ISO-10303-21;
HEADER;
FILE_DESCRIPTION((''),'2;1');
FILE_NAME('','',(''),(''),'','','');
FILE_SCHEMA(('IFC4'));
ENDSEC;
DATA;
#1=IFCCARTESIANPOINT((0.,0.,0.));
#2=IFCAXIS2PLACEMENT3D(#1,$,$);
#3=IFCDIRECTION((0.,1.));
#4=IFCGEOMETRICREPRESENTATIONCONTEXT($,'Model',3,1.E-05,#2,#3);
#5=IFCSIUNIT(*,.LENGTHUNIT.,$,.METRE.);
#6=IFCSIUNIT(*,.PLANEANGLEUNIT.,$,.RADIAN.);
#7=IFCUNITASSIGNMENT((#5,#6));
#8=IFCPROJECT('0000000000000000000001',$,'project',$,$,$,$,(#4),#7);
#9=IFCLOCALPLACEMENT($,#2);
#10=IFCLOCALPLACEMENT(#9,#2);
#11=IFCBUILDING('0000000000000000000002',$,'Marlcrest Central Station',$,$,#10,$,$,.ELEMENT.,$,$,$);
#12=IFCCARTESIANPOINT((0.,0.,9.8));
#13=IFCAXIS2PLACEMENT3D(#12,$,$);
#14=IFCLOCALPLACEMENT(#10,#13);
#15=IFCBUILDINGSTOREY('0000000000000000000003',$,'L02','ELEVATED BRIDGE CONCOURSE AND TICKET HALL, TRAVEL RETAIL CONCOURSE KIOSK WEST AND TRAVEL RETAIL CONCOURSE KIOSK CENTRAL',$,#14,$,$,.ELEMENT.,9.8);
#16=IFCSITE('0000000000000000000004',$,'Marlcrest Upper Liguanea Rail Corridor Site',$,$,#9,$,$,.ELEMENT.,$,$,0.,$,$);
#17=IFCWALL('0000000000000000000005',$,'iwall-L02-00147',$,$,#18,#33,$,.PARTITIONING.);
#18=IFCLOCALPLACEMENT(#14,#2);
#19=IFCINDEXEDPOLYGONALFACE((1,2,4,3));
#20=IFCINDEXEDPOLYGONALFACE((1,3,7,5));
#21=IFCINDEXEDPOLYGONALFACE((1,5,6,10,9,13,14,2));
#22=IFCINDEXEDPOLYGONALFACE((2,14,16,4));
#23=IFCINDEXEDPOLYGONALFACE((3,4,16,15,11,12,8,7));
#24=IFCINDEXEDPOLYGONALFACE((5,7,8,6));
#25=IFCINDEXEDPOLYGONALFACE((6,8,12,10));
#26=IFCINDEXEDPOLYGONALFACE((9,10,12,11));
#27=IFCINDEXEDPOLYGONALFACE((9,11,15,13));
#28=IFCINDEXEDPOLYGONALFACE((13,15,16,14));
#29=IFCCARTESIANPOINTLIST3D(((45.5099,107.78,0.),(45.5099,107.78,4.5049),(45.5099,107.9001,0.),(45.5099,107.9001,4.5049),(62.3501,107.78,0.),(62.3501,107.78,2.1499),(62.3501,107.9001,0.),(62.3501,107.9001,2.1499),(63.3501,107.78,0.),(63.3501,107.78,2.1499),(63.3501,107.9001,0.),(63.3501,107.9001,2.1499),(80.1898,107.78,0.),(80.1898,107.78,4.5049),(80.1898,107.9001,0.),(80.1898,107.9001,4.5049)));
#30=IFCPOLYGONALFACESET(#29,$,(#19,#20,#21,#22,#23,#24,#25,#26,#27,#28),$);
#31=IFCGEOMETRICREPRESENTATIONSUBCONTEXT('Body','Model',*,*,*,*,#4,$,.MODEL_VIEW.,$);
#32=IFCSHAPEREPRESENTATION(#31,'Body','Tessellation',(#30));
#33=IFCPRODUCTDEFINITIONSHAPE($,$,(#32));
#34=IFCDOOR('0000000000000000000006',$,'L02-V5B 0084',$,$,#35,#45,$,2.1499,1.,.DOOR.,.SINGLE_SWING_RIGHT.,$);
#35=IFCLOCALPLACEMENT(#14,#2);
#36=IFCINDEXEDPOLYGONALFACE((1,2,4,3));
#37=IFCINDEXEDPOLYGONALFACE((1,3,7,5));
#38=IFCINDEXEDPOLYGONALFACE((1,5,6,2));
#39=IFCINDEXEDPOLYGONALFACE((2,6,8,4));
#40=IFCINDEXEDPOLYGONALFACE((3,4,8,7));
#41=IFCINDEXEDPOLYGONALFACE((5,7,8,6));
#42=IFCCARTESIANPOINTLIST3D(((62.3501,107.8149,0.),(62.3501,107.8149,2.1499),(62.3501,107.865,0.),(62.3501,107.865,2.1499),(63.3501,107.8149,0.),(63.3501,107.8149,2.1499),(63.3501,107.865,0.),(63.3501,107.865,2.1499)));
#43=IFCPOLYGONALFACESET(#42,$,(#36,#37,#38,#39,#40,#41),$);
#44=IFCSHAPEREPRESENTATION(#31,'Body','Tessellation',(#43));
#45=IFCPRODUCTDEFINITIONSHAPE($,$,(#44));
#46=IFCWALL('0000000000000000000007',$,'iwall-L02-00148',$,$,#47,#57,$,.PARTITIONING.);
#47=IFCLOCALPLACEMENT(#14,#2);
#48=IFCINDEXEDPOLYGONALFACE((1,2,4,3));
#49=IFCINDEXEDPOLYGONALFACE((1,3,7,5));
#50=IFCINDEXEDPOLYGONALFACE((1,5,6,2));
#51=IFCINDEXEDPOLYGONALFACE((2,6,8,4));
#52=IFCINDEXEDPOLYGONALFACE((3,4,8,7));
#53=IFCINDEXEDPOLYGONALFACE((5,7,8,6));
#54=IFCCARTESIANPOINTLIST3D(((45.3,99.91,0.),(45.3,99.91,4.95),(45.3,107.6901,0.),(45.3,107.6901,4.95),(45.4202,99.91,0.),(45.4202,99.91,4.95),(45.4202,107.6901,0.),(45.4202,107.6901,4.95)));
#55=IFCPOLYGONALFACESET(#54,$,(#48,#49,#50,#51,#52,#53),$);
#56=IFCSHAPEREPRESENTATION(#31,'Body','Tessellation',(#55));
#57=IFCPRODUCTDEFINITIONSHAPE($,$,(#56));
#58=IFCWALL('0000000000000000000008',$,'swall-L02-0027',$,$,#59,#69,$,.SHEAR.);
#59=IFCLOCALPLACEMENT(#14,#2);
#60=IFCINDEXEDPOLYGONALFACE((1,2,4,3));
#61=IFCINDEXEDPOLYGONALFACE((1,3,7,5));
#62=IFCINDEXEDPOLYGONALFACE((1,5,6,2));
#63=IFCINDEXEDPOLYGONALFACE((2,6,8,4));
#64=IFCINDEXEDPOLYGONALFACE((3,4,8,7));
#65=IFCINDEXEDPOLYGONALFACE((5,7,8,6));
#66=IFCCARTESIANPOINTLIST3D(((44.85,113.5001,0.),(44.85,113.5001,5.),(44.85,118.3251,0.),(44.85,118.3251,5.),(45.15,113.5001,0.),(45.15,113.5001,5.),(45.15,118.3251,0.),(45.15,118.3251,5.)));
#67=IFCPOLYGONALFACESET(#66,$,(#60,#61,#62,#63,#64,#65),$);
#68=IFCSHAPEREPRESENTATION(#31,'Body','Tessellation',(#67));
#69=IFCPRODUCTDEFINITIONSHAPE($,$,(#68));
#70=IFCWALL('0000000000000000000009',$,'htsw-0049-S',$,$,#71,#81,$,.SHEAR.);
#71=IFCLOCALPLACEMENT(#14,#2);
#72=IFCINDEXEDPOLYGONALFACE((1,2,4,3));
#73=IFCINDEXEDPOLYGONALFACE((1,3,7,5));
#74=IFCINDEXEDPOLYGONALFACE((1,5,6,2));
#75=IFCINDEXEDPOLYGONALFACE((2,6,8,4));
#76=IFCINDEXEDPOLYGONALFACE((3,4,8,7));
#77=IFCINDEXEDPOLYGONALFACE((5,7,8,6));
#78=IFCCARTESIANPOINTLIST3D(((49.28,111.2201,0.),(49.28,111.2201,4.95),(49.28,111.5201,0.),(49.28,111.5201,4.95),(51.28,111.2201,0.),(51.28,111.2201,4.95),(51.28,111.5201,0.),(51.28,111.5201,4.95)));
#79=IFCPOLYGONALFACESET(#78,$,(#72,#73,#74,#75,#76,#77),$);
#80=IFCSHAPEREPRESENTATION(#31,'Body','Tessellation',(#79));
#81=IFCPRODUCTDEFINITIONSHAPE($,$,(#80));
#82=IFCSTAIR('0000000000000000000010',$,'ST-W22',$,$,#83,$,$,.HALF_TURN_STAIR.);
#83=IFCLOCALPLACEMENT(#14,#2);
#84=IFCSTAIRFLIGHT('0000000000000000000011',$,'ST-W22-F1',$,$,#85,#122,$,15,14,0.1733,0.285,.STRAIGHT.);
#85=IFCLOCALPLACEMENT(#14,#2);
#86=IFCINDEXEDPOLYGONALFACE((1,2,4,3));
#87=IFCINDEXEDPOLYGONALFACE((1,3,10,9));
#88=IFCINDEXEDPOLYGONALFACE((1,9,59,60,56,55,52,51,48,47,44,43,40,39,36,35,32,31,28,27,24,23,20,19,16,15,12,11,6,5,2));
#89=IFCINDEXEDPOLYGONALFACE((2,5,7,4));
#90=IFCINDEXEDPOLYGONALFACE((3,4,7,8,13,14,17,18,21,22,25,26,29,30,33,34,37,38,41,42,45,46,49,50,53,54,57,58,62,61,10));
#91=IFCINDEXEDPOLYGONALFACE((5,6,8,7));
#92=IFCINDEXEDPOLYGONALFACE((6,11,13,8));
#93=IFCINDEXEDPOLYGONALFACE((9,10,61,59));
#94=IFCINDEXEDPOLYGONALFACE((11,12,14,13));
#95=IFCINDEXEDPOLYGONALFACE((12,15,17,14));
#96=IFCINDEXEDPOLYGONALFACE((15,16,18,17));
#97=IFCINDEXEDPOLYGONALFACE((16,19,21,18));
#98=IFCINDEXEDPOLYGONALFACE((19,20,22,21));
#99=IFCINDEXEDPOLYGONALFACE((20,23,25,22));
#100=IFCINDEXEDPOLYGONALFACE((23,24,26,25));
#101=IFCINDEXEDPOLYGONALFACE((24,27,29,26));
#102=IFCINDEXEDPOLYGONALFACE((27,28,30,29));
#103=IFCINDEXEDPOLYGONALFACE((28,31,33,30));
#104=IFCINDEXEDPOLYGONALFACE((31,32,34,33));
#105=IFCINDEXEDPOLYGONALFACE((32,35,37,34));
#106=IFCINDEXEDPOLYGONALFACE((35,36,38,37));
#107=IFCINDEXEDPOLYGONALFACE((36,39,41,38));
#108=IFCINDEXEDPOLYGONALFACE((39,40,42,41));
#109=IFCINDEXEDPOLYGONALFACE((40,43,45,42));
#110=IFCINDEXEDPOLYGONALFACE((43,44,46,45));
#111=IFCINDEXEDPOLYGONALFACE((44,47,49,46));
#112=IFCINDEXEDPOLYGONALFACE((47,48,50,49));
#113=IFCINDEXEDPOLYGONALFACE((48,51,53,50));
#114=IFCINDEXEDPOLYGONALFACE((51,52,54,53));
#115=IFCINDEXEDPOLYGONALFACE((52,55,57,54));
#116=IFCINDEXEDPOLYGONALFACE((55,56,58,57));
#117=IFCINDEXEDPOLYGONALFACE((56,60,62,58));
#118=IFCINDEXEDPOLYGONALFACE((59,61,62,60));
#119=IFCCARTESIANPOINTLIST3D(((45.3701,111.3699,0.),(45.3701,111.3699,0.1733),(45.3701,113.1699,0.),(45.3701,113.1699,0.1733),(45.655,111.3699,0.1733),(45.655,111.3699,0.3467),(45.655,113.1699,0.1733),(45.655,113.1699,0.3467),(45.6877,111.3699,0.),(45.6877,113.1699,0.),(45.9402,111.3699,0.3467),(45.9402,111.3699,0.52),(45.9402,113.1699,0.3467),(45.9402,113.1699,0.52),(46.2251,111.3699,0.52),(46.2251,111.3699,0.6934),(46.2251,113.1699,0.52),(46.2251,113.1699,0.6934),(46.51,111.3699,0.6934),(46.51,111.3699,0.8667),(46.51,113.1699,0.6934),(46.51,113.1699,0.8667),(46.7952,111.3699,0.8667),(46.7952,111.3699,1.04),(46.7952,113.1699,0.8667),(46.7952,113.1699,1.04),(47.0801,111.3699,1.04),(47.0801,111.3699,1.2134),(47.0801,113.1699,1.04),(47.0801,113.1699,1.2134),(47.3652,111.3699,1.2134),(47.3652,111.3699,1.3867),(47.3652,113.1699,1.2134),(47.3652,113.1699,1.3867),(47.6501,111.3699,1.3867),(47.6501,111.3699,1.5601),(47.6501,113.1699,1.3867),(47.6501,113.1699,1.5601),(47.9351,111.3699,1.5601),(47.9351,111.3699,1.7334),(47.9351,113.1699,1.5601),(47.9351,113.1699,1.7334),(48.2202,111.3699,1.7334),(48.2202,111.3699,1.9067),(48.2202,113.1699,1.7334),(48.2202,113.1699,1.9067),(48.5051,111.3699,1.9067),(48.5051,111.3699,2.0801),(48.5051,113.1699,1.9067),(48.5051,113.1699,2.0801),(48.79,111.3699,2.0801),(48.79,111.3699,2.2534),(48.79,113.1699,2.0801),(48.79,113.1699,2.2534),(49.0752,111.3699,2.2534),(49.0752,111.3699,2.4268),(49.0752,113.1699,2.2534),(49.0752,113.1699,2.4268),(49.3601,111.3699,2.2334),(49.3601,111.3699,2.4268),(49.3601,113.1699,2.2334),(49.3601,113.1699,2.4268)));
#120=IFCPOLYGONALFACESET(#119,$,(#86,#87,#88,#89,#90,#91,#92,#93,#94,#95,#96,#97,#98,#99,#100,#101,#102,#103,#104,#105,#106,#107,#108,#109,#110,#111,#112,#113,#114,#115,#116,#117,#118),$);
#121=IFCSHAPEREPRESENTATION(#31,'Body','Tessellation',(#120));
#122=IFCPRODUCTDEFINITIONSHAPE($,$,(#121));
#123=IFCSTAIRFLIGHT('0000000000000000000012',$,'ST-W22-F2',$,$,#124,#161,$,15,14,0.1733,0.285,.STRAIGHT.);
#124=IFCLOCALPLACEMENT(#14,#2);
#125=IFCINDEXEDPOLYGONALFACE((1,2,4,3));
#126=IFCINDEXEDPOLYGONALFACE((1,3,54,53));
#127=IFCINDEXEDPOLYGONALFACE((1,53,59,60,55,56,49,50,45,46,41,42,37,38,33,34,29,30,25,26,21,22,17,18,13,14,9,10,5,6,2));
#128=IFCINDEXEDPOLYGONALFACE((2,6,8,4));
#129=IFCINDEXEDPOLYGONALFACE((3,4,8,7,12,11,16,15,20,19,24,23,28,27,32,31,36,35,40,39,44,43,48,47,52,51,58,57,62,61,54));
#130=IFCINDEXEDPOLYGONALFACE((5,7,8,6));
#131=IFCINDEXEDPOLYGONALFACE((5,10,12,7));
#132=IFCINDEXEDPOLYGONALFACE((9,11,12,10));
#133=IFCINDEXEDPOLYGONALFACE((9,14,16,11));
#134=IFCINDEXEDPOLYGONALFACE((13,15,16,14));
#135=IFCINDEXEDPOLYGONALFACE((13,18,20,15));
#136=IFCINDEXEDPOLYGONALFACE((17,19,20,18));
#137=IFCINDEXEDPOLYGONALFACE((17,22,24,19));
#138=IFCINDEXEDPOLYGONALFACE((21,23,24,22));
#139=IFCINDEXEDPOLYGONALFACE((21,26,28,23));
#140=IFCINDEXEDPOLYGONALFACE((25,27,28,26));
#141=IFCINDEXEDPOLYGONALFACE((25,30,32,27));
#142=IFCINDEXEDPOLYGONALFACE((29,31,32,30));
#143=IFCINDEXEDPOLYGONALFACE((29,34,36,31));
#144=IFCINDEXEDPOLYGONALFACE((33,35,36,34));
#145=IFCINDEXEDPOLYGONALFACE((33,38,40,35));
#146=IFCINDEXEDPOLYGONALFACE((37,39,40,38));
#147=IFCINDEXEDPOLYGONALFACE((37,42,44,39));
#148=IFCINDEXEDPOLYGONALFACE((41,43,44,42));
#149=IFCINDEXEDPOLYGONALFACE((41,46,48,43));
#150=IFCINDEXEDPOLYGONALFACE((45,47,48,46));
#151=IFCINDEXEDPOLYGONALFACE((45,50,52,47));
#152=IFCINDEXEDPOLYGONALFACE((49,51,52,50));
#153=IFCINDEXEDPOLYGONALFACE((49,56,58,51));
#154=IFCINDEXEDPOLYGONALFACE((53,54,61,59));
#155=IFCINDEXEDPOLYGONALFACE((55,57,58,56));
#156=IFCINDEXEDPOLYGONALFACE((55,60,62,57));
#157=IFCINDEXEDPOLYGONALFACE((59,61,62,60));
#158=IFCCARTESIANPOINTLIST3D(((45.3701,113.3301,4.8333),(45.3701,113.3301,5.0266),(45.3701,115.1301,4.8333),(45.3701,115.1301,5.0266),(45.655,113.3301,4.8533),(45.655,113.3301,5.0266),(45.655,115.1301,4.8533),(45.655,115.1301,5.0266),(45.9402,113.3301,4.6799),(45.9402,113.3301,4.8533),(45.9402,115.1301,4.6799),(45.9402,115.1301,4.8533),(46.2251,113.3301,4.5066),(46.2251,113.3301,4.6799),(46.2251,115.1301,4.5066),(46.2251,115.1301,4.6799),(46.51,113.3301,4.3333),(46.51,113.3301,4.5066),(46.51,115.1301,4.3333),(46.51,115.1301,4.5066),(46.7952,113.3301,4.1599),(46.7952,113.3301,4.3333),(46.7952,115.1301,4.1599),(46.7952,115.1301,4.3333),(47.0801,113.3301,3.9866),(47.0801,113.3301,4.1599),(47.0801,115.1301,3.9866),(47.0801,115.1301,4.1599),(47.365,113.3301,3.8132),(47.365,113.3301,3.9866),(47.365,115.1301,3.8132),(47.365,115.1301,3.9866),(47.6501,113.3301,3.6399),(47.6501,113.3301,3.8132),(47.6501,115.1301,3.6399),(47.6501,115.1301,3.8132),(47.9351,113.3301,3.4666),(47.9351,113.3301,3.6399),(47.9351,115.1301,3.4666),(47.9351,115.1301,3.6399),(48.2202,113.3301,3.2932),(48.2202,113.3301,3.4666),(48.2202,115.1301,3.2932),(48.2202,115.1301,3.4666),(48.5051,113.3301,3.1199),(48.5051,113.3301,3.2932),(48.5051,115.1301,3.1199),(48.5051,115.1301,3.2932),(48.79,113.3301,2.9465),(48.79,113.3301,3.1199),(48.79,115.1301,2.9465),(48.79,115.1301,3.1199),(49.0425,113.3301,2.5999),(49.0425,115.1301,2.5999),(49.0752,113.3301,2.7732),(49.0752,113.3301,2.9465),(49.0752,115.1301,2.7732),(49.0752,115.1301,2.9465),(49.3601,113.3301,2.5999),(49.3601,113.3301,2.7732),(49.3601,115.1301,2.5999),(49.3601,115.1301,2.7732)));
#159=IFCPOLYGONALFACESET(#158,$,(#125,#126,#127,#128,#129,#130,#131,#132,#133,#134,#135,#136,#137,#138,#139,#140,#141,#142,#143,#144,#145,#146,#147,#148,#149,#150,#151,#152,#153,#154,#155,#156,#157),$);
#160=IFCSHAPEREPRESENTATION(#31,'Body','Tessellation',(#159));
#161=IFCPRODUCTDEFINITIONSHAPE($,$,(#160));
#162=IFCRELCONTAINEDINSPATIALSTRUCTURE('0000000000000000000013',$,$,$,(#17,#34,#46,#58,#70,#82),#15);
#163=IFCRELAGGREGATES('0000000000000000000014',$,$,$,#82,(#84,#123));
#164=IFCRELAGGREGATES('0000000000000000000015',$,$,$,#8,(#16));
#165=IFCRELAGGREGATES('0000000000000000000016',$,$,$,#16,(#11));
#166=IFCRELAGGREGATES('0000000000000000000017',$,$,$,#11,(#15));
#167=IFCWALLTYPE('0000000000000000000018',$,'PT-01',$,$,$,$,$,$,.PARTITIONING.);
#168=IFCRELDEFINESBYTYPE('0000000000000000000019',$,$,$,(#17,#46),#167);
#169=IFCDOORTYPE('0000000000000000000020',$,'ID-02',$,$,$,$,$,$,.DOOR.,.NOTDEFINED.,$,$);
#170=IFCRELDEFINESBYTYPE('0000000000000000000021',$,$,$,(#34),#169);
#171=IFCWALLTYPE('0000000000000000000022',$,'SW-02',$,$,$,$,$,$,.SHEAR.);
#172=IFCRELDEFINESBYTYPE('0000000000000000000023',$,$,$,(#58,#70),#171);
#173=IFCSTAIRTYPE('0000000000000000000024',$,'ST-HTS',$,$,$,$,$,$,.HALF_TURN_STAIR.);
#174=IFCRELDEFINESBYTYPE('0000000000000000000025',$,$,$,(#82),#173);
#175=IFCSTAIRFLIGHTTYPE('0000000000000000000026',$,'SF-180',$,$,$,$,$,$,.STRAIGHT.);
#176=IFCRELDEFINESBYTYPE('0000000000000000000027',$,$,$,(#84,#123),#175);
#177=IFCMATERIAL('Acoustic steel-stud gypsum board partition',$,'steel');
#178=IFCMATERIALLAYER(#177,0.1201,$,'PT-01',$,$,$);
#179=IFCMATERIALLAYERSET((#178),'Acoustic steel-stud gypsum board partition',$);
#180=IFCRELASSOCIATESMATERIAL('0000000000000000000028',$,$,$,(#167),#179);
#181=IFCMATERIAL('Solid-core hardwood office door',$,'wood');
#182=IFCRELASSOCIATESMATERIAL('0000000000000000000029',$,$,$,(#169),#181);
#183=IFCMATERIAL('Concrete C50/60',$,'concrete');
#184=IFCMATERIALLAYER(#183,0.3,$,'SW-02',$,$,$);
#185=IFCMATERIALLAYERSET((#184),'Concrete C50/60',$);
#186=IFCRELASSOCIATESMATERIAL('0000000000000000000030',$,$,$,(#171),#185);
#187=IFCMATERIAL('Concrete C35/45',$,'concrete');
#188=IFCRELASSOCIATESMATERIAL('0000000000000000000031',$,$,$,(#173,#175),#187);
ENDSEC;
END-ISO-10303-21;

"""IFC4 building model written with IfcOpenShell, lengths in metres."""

from ifc_helpers import new_model, si_unit, direction, frame, frame_2d, origin, place, context, subcontext, project, spatial, polyline, rectangle, outline, extrude, material, layer, layer_set, type_object, element, fill, aggregate, save


model = new_model("IFC4")

# Units and contexts
model_context = context("Model", 3, precision=1e-05, world=origin(), true_north=direction((0.0, 1.0)))
body_context = subcontext(model_context, "Body", "Model", "MODEL_VIEW")
ifc_project = project(units=[si_unit("LENGTHUNIT", "METRE"), si_unit("PLANEANGLEUNIT", "RADIAN")], contexts=[model_context])

# Site, building, storey
site_placement = place(None, origin())
site = spatial("IfcSite", under=ifc_project, at=site_placement, Name="Marlcrest Upper Liguanea Rail Corridor Site", CompositionType="ELEMENT", RefElevation=0.0)
building_placement = place(site_placement, origin())
building = spatial("IfcBuilding", under=site, at=building_placement, Name="Marlcrest Central Station", CompositionType="ELEMENT")
storey_placement = place(building_placement, frame((0.0, 0.0, 9.8)))
storey = spatial("IfcBuildingStorey", under=building, at=storey_placement, Name="L02", Description="ELEVATED BRIDGE CONCOURSE AND TICKET HALL, TRAVEL RETAIL CONCOURSE KIOSK WEST AND TRAVEL RETAIL CONCOURSE KIOSK CENTRAL", CompositionType="ELEMENT", Elevation=9.8)

# Wall, opening, door
ifc_material_1 = material(Name="Acoustic steel-stud gypsum board partition", Category="steel")
ifc_layer_1 = layer(ifc_material_1, 0.1201, Name="PT-01")
ifc_layer_set_1 = layer_set([ifc_layer_1], Name="Acoustic steel-stud gypsum board partition")
wall_type_1 = type_object("IfcWallType", Name="PT-01", PredefinedType="PARTITIONING", material=ifc_layer_set_1)
wall_1_placement = place(storey_placement, frame((45.51, 107.8401, 0.0), z_axis=(0.0, 0.0, 1.0), x_axis=(1.0, 0.0, 0.0)))
wall_1 = element("IfcWall", 1, at=wall_1_placement, inside=storey, type_object=wall_type_1, Name="iwall-L02-00147", PredefinedType="PARTITIONING", context=body_context, shape_type="SweptSolid", body=[
    extrude(rectangle(XDim=34.6799, YDim=0.1201, at=frame_2d((17.3398, 0.0))), origin(), (0.0, 0.0, 1.0), 4.5049),
])
opening_placement = place(wall_1_placement, frame((16.8401, 0.0, 0.0)))
opening = element("IfcOpeningElement", 2, at=opening_placement, cuts=wall_1, PredefinedType="OPENING", context=body_context, shape_type="SweptSolid", body=[
    extrude(rectangle(XDim=1.0, YDim=2.1499, at=frame_2d((0.5, 1.075))), frame((0.0, 0.0701, 0.0), z_axis=(0.0, -1.0, 0.0), x_axis=(1.0, 0.0, 0.0)), (0.0, 0.0, 1.0), 0.1401),
])
ifc_material_2 = material(Name="Solid-core hardwood office door", Category="wood")
door_type = type_object("IfcDoorType", Name="ID-02", OperationType="NOTDEFINED", PredefinedType="DOOR", material=ifc_material_2)
door_placement = place(opening_placement, origin())
door = element("IfcDoor", 3, at=door_placement, inside=storey, type_object=door_type, Name="L02-V5B 0084", OperationType="SINGLE_SWING_RIGHT", OverallHeight=2.1499, OverallWidth=1.0, PredefinedType="DOOR", context=body_context, shape_type="SweptSolid", body=[
    extrude(rectangle(XDim=1.0, YDim=2.1499, at=frame_2d((0.5, 1.075))), frame((0.0, 0.0249, 0.0), z_axis=(0.0, -1.0, 0.0), x_axis=(1.0, 0.0, 0.0)), (0.0, 0.0, 1.0), 0.05),
])
fill(opening, door)

# Walls
wall_2_placement = place(storey_placement, frame((45.3601, 99.9099, 0.0), z_axis=(0.0, 0.0, 1.0), x_axis=(0.0, 1.0, 0.0)))
element("IfcWall", 4, at=wall_2_placement, inside=storey, type_object=wall_type_1, Name="iwall-L02-00148", PredefinedType="PARTITIONING", context=body_context, shape_type="SweptSolid", body=[
    extrude(rectangle(XDim=7.78, YDim=0.1201, at=frame_2d((3.8901, 0.0))), origin(), (0.0, 0.0, 1.0), 4.95),
])
ifc_material_3 = material(Name="Concrete C50/60", Category="concrete")
ifc_layer_2 = layer(ifc_material_3, 0.3, Name="SW-02")
ifc_layer_set_2 = layer_set([ifc_layer_2], Name="Concrete C50/60")
wall_type_2 = type_object("IfcWallType", Name="SW-02", PredefinedType="SHEAR", material=ifc_layer_set_2)
wall_3_placement = place(storey_placement, frame((45.0, 113.5, 0.0), z_axis=(0.0, 0.0, 1.0), x_axis=(0.0, 1.0, 0.0)))
element("IfcWall", 5, at=wall_3_placement, inside=storey, type_object=wall_type_2, Name="swall-L02-0027", PredefinedType="SHEAR", context=body_context, shape_type="SweptSolid", body=[
    extrude(rectangle(XDim=4.825, YDim=0.3, at=frame_2d((2.4126, 0.0))), origin(), (0.0, 0.0, 1.0), 5.0),
])
wall_4_placement = place(storey_placement, frame((49.28, 111.3701, 0.0), z_axis=(0.0, 0.0, 1.0), x_axis=(1.0, 0.0, 0.0)))
element("IfcWall", 6, at=wall_4_placement, inside=storey, type_object=wall_type_2, Name="htsw-0049-S", PredefinedType="SHEAR", context=body_context, shape_type="SweptSolid", body=[
    extrude(rectangle(XDim=2.0, YDim=0.3, at=frame_2d((1.0, 0.0))), origin(), (0.0, 0.0, 1.0), 4.95),
])

# Stair, stair flights
ifc_material_4 = material(Name="Concrete C35/45", Category="concrete")
stair_type = type_object("IfcStairType", Name="ST-HTS", PredefinedType="HALF_TURN_STAIR", material=ifc_material_4)
stair_placement = place(storey_placement, origin())
stair = element("IfcStair", 7, at=stair_placement, inside=storey, type_object=stair_type, Name="ST-W22", PredefinedType="HALF_TURN_STAIR")
stair_flight_type = type_object("IfcStairFlightType", Name="SF-180", PredefinedType="STRAIGHT", material=ifc_material_4)
stair_flight_1_placement = place(storey_placement, frame((45.3701, 112.27, 0.0), z_axis=(0.0, 0.0, 1.0), x_axis=(1.0, 0.0, 0.0)))
stair_flight_1 = element("IfcStairFlight", 8, at=stair_flight_1_placement, type_object=stair_flight_type, Name="ST-W22-F1", NumberOfRisers=15, NumberOfTreads=14, PredefinedType="STRAIGHT", RiserHeight=0.1733, TreadLength=0.285, context=body_context, shape_type="SweptSolid", body=[
    extrude(outline(polyline([(0.0, 0.0), (0.0, 0.1733), (0.2849, 0.1733), (0.2849, 0.3467), (0.5701, 0.3467), (0.5701, 0.52), (0.855, 0.52), (0.855, 0.6934), (1.1399, 0.6934), (1.1399, 0.8667), (1.425, 0.8667), (1.425, 1.04), (1.71, 1.04), (1.71, 1.2134), (1.9951, 1.2134), (1.9951, 1.3867), (2.28, 1.3867), (2.28, 1.5601), (2.5649, 1.5601), (2.5649, 1.7334), (2.8501, 1.7334), (2.8501, 1.9067), (3.135, 1.9067), (3.135, 2.0801), (3.4199, 2.0801), (3.4199, 2.2534), (3.7051, 2.2534), (3.7051, 2.4268), (3.99, 2.4268), (3.99, 2.6001), (3.99, 2.2334), (0.3176, 0.0), (0.0, 0.0)])), frame((0.0, 0.8999, 0.0), z_axis=(0.0, -1.0, 0.0), x_axis=(1.0, 0.0, 0.0)), (0.0, 0.0, 1.0), 1.8),
])
stair_flight_2_placement = place(storey_placement, frame((49.3601, 114.23, 2.5999), z_axis=(0.0, 0.0, 1.0), x_axis=(-1.0, 0.0, 0.0)))
stair_flight_2 = element("IfcStairFlight", 9, at=stair_flight_2_placement, type_object=stair_flight_type, Name="ST-W22-F2", NumberOfRisers=15, NumberOfTreads=14, PredefinedType="STRAIGHT", RiserHeight=0.1733, TreadLength=0.285, context=body_context, shape_type="SweptSolid", body=[
    extrude(outline(polyline([(0.0, 0.0), (0.0, 0.1733), (0.2849, 0.1733), (0.2849, 0.3467), (0.5701, 0.3467), (0.5701, 0.52), (0.855, 0.52), (0.855, 0.6934), (1.1399, 0.6934), (1.1399, 0.8667), (1.425, 0.8667), (1.425, 1.04), (1.71, 1.04), (1.71, 1.2134), (1.9951, 1.2134), (1.9951, 1.3867), (2.28, 1.3867), (2.28, 1.5601), (2.5649, 1.5601), (2.5649, 1.7334), (2.8501, 1.7334), (2.8501, 1.9067), (3.135, 1.9067), (3.135, 2.0801), (3.4199, 2.0801), (3.4199, 2.2534), (3.7051, 2.2534), (3.7051, 2.4268), (3.99, 2.4268), (3.99, 2.6001), (3.99, 2.2334), (0.3176, 0.0), (0.0, 0.0)])), frame((0.0, 0.8999, 0.0), z_axis=(0.0, -1.0, 0.0), x_axis=(1.0, 0.0, 0.0)), (0.0, 0.0, 1.0), 1.8),
])
aggregate(stair, [stair_flight_1, stair_flight_2])

save(model, "model.ifc")
